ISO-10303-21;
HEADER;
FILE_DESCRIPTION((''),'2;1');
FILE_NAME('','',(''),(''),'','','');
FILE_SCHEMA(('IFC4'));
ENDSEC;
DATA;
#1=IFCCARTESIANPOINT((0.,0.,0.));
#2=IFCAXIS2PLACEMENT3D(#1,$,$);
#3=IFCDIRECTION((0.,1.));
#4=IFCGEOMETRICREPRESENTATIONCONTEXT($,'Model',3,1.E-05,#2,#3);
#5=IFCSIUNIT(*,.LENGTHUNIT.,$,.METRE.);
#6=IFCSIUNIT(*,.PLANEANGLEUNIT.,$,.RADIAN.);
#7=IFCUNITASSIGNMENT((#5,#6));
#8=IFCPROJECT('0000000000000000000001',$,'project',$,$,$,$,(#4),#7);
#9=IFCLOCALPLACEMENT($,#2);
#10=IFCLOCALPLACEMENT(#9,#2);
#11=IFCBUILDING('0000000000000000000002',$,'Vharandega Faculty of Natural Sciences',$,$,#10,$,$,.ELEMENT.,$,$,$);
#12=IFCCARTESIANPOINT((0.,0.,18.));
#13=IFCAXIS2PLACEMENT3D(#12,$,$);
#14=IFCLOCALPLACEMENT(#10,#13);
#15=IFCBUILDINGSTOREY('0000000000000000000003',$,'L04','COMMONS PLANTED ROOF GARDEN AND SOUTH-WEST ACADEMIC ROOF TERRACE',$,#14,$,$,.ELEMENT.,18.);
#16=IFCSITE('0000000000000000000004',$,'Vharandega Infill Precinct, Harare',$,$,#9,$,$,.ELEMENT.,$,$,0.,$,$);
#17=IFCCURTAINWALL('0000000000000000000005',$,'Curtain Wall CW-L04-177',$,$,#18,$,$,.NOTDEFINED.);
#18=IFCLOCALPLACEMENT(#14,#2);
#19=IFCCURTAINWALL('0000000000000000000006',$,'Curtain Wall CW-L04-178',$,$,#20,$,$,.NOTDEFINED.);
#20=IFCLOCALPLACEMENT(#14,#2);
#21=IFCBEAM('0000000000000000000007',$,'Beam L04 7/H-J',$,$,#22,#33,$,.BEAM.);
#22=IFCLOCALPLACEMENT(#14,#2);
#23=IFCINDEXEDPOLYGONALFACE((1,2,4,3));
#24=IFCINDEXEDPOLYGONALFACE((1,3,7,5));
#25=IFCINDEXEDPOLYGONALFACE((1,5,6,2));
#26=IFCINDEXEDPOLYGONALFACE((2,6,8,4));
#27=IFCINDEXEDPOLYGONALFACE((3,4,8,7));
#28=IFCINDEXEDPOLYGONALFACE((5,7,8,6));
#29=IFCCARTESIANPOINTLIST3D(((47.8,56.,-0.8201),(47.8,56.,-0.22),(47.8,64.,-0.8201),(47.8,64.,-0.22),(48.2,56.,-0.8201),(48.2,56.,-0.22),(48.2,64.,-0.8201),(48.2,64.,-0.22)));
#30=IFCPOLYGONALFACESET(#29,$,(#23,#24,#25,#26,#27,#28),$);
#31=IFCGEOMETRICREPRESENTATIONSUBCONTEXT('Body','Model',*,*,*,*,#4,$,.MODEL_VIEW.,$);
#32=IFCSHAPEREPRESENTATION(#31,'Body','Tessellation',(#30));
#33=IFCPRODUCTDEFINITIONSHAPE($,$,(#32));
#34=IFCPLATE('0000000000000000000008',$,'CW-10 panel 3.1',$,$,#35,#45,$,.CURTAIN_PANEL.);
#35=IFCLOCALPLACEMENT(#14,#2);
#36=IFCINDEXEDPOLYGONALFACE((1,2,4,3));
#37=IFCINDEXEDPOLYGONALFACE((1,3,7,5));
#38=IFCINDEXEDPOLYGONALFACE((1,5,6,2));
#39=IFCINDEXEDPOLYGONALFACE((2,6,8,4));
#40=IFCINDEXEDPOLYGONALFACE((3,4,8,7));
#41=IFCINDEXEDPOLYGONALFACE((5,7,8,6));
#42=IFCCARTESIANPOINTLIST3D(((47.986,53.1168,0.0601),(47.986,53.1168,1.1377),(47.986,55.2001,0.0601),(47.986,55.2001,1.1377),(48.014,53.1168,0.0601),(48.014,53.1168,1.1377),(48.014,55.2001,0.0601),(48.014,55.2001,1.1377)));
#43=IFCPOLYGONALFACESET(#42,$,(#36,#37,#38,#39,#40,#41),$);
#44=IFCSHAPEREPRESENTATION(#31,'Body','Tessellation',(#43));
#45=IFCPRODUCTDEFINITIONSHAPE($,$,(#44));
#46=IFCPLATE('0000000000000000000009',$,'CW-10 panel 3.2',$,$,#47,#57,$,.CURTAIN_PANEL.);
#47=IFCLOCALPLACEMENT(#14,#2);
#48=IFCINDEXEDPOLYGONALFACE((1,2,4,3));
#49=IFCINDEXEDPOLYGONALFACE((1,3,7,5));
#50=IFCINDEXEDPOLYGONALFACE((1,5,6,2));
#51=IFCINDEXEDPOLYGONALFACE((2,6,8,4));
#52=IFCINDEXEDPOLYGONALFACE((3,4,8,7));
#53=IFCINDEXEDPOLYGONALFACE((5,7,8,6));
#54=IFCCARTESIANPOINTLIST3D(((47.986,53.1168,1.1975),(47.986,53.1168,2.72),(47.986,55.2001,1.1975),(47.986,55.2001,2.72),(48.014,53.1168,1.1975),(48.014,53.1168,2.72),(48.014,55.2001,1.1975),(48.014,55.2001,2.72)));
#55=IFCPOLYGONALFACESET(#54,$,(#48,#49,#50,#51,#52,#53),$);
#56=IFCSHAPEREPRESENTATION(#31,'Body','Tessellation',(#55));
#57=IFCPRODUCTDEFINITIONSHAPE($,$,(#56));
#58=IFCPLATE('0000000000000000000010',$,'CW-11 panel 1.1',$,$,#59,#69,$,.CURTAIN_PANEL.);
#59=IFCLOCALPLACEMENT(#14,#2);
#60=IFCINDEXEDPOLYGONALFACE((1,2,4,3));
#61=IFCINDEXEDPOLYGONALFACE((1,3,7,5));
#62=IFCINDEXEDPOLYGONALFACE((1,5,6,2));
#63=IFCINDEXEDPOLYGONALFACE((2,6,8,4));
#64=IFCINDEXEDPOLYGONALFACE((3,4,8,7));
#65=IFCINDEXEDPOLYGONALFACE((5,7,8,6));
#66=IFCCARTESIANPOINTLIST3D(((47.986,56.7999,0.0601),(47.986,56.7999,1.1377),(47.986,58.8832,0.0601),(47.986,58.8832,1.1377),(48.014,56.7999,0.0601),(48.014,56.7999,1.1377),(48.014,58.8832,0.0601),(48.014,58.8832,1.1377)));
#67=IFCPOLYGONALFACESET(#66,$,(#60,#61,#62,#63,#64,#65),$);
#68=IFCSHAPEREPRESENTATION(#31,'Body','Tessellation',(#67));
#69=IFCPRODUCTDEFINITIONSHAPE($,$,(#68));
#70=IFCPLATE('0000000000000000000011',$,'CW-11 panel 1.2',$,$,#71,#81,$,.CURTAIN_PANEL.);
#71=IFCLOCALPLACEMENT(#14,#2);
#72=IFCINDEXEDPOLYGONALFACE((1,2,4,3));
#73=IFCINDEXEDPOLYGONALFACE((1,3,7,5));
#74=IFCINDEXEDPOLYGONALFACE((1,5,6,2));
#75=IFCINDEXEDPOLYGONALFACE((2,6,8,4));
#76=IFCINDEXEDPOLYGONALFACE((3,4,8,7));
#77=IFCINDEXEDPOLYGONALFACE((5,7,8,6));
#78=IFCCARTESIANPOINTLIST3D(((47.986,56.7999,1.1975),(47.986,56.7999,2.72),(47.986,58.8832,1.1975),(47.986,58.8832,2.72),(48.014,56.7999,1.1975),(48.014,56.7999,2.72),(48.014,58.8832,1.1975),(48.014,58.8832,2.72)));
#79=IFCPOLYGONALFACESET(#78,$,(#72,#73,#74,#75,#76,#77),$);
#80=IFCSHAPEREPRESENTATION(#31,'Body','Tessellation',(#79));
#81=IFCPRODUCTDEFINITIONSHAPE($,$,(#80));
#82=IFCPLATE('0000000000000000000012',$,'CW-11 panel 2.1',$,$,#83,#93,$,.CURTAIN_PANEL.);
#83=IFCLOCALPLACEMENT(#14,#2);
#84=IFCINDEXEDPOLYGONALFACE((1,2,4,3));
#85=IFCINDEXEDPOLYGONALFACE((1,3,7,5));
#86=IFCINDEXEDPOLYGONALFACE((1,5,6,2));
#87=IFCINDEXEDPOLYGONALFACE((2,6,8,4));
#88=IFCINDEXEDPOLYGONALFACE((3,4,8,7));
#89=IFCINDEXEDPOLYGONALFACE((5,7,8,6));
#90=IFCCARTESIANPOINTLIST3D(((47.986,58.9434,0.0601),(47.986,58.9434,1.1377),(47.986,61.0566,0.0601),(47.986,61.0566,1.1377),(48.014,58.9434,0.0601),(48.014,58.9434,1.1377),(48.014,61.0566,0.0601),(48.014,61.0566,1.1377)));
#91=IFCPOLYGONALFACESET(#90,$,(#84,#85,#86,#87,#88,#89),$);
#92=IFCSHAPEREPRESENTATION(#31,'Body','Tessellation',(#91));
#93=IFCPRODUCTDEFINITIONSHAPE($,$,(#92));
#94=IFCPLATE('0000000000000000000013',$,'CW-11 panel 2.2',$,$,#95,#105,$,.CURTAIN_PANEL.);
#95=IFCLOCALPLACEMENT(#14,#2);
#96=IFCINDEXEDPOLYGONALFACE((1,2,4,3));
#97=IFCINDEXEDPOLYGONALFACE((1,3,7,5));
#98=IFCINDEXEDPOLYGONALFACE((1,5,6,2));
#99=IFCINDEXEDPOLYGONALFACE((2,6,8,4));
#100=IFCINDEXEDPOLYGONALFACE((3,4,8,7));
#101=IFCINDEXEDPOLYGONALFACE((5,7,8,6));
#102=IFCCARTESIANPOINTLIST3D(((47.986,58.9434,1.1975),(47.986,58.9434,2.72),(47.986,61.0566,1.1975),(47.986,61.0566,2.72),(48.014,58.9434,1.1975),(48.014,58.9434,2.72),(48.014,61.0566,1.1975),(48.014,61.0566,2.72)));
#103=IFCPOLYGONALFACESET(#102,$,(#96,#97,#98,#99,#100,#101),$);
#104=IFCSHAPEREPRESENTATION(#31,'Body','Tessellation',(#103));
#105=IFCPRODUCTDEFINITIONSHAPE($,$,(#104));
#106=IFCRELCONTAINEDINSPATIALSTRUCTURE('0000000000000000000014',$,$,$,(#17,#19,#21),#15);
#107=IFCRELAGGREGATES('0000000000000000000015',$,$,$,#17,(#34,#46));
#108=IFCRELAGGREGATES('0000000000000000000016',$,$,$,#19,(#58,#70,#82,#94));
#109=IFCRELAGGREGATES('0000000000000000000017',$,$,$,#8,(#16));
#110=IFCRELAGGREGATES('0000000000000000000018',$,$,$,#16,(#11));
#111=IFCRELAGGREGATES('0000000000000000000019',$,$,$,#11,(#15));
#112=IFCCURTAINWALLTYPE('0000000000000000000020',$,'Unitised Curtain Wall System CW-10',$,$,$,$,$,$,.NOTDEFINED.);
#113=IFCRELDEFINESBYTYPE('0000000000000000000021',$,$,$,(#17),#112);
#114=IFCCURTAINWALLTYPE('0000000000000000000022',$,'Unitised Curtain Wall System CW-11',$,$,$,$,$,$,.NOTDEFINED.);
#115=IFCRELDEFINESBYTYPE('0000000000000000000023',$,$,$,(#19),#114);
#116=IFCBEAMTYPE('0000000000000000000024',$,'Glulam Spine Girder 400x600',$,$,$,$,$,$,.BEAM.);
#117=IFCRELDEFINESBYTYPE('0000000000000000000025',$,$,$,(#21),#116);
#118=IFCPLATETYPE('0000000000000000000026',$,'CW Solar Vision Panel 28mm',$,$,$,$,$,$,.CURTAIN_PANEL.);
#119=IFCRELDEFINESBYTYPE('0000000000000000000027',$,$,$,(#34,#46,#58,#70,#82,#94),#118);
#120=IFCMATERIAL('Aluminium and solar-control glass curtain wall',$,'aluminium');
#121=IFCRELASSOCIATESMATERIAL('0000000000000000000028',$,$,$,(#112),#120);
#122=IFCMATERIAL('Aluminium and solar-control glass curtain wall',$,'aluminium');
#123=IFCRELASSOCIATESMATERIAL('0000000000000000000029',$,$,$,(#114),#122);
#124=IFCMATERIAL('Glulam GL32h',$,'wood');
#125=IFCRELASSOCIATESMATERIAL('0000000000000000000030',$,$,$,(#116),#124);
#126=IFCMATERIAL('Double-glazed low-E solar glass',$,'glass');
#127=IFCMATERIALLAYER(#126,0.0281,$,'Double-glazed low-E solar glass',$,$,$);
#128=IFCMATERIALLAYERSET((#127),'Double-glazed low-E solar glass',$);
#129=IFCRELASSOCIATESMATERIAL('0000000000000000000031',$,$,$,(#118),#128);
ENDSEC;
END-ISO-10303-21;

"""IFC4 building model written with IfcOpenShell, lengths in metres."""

from ifc_helpers import new_model, si_unit, direction, frame, origin, origin_2d, place, context, subcontext, project, spatial, rectangle, extrude, material, layer, layer_set, material_profile, profile_set, type_object, element, aggregate, save


model = new_model("IFC4")

# Units and contexts
model_context = context("Model", 3, precision=1e-05, world=origin(), true_north=direction((0.0, 1.0)))
body_context = subcontext(model_context, "Body", "Model", "MODEL_VIEW")
ifc_project = project(units=[si_unit("LENGTHUNIT", "METRE"), si_unit("PLANEANGLEUNIT", "RADIAN")], contexts=[model_context])

# Site, building, storey
site_placement = place(None, origin())
site = spatial("IfcSite", under=ifc_project, at=site_placement, Name="Vharandega Infill Precinct, Harare", CompositionType="ELEMENT", RefElevation=0.0)
building_placement = place(site_placement, origin())
building = spatial("IfcBuilding", under=site, at=building_placement, Name="Vharandega Faculty of Natural Sciences", CompositionType="ELEMENT")
storey_placement = place(building_placement, frame((0.0, 0.0, 18.0)))
storey = spatial("IfcBuildingStorey", under=building, at=storey_placement, Name="L04", Description="COMMONS PLANTED ROOF GARDEN AND SOUTH-WEST ACADEMIC ROOF TERRACE", CompositionType="ELEMENT", Elevation=18.0)

# Curtain wall
ifc_material_1 = material(Name="Aluminium and solar-control glass curtain wall", Category="aluminium")
curtain_wall_type_1 = type_object("IfcCurtainWallType", Name="Unitised Curtain Wall System CW-10", PredefinedType="NOTDEFINED", material=ifc_material_1)
curtain_wall_1_placement = place(storey_placement, origin())
curtain_wall_1 = element("IfcCurtainWall", 1, at=curtain_wall_1_placement, inside=storey, type_object=curtain_wall_type_1, Name="Curtain Wall CW-L04-177", PredefinedType="NOTDEFINED")

# Curtain wall
ifc_material_2 = material(Name="Aluminium and solar-control glass curtain wall", Category="aluminium")
curtain_wall_type_2 = type_object("IfcCurtainWallType", Name="Unitised Curtain Wall System CW-11", PredefinedType="NOTDEFINED", material=ifc_material_2)
curtain_wall_2_placement = place(storey_placement, origin())
curtain_wall_2 = element("IfcCurtainWall", 2, at=curtain_wall_2_placement, inside=storey, type_object=curtain_wall_type_2, Name="Curtain Wall CW-L04-178", PredefinedType="NOTDEFINED")

# Beam
ifc_material_3 = material(Name="Glulam GL32h", Category="wood")
ifc_material_profile_1 = material_profile(ifc_material_3, rectangle(XDim=0.3999, YDim=0.6001, at=origin_2d()), Name="GL32h 400x600")
ifc_profile_set_1 = profile_set([ifc_material_profile_1], Name="Glulam GL32h")
beam_type = type_object("IfcBeamType", Name="Glulam Spine Girder 400x600", PredefinedType="BEAM", material=ifc_profile_set_1)
beam_placement = place(storey_placement, frame((48.0, 56.0, -0.52), z_axis=(0.0, 1.0, 0.0), x_axis=(-1.0, 0.0, 0.0)))
element("IfcBeam", 3, at=beam_placement, inside=storey, type_object=beam_type, Name="Beam L04 7/H-J", PredefinedType="BEAM", context=body_context, shape_type="SweptSolid", body=[
    extrude(rectangle(XDim=0.3999, YDim=0.6001, at=origin_2d()), origin(), (0.0, 0.0, 1.0), 8.0),
])

# Plates
ifc_material_4 = material(Name="Double-glazed low-E solar glass", Category="glass")
ifc_layer = layer(ifc_material_4, 0.0281, Name="Double-glazed low-E solar glass")
ifc_layer_set = layer_set([ifc_layer], Name="Double-glazed low-E solar glass")
plate_type = type_object("IfcPlateType", Name="CW Solar Vision Panel 28mm", PredefinedType="CURTAIN_PANEL", material=ifc_layer_set)
plate_1_placement = place(storey_placement, frame((48.0, 54.1584, 0.0601), z_axis=(0.0, 0.0, 1.0), x_axis=(0.0, 1.0, 0.0)))
plate_1 = element("IfcPlate", 4, at=plate_1_placement, type_object=plate_type, Name="CW-10 panel 3.1", PredefinedType="CURTAIN_PANEL", context=body_context, shape_type="SweptSolid", body=[
    extrude(rectangle(XDim=2.0833, YDim=0.0281, at=origin_2d()), origin(), (0.0, 0.0, 1.0), 1.0776),
])
plate_2_placement = place(storey_placement, frame((48.0, 54.1584, 1.1975), z_axis=(0.0, 0.0, 1.0), x_axis=(0.0, 1.0, 0.0)))
plate_2 = element("IfcPlate", 5, at=plate_2_placement, type_object=plate_type, Name="CW-10 panel 3.2", PredefinedType="CURTAIN_PANEL", context=body_context, shape_type="SweptSolid", body=[
    extrude(rectangle(XDim=2.0833, YDim=0.0281, at=origin_2d()), origin(), (0.0, 0.0, 1.0), 1.5225),
])
aggregate(curtain_wall_1, [plate_1, plate_2])
plate_3_placement = place(storey_placement, frame((48.0, 57.8416, 0.0601), z_axis=(0.0, 0.0, 1.0), x_axis=(0.0, 1.0, 0.0)))
plate_3 = element("IfcPlate", 6, at=plate_3_placement, type_object=plate_type, Name="CW-11 panel 1.1", PredefinedType="CURTAIN_PANEL", context=body_context, shape_type="SweptSolid", body=[
    extrude(rectangle(XDim=2.0833, YDim=0.0281, at=origin_2d()), origin(), (0.0, 0.0, 1.0), 1.0776),
])
plate_4_placement = place(storey_placement, frame((48.0, 57.8416, 1.1975), z_axis=(0.0, 0.0, 1.0), x_axis=(0.0, 1.0, 0.0)))
plate_4 = element("IfcPlate", 7, at=plate_4_placement, type_object=plate_type, Name="CW-11 panel 1.2", PredefinedType="CURTAIN_PANEL", context=body_context, shape_type="SweptSolid", body=[
    extrude(rectangle(XDim=2.0833, YDim=0.0281, at=origin_2d()), origin(), (0.0, 0.0, 1.0), 1.5225),
])
plate_5_placement = place(storey_placement, frame((48.0, 60.0, 0.0601), z_axis=(0.0, 0.0, 1.0), x_axis=(0.0, 1.0, 0.0)))
plate_5 = element("IfcPlate", 8, at=plate_5_placement, type_object=plate_type, Name="CW-11 panel 2.1", PredefinedType="CURTAIN_PANEL", context=body_context, shape_type="SweptSolid", body=[
    extrude(rectangle(XDim=2.1133, YDim=0.0281, at=origin_2d()), origin(), (0.0, 0.0, 1.0), 1.0776),
])
plate_6_placement = place(storey_placement, frame((48.0, 60.0, 1.1975), z_axis=(0.0, 0.0, 1.0), x_axis=(0.0, 1.0, 0.0)))
plate_6 = element("IfcPlate", 9, at=plate_6_placement, type_object=plate_type, Name="CW-11 panel 2.2", PredefinedType="CURTAIN_PANEL", context=body_context, shape_type="SweptSolid", body=[
    extrude(rectangle(XDim=2.1133, YDim=0.0281, at=origin_2d()), origin(), (0.0, 0.0, 1.0), 1.5225),
])
aggregate(curtain_wall_2, [plate_3, plate_4, plate_5, plate_6])

save(model, "model.ifc")
